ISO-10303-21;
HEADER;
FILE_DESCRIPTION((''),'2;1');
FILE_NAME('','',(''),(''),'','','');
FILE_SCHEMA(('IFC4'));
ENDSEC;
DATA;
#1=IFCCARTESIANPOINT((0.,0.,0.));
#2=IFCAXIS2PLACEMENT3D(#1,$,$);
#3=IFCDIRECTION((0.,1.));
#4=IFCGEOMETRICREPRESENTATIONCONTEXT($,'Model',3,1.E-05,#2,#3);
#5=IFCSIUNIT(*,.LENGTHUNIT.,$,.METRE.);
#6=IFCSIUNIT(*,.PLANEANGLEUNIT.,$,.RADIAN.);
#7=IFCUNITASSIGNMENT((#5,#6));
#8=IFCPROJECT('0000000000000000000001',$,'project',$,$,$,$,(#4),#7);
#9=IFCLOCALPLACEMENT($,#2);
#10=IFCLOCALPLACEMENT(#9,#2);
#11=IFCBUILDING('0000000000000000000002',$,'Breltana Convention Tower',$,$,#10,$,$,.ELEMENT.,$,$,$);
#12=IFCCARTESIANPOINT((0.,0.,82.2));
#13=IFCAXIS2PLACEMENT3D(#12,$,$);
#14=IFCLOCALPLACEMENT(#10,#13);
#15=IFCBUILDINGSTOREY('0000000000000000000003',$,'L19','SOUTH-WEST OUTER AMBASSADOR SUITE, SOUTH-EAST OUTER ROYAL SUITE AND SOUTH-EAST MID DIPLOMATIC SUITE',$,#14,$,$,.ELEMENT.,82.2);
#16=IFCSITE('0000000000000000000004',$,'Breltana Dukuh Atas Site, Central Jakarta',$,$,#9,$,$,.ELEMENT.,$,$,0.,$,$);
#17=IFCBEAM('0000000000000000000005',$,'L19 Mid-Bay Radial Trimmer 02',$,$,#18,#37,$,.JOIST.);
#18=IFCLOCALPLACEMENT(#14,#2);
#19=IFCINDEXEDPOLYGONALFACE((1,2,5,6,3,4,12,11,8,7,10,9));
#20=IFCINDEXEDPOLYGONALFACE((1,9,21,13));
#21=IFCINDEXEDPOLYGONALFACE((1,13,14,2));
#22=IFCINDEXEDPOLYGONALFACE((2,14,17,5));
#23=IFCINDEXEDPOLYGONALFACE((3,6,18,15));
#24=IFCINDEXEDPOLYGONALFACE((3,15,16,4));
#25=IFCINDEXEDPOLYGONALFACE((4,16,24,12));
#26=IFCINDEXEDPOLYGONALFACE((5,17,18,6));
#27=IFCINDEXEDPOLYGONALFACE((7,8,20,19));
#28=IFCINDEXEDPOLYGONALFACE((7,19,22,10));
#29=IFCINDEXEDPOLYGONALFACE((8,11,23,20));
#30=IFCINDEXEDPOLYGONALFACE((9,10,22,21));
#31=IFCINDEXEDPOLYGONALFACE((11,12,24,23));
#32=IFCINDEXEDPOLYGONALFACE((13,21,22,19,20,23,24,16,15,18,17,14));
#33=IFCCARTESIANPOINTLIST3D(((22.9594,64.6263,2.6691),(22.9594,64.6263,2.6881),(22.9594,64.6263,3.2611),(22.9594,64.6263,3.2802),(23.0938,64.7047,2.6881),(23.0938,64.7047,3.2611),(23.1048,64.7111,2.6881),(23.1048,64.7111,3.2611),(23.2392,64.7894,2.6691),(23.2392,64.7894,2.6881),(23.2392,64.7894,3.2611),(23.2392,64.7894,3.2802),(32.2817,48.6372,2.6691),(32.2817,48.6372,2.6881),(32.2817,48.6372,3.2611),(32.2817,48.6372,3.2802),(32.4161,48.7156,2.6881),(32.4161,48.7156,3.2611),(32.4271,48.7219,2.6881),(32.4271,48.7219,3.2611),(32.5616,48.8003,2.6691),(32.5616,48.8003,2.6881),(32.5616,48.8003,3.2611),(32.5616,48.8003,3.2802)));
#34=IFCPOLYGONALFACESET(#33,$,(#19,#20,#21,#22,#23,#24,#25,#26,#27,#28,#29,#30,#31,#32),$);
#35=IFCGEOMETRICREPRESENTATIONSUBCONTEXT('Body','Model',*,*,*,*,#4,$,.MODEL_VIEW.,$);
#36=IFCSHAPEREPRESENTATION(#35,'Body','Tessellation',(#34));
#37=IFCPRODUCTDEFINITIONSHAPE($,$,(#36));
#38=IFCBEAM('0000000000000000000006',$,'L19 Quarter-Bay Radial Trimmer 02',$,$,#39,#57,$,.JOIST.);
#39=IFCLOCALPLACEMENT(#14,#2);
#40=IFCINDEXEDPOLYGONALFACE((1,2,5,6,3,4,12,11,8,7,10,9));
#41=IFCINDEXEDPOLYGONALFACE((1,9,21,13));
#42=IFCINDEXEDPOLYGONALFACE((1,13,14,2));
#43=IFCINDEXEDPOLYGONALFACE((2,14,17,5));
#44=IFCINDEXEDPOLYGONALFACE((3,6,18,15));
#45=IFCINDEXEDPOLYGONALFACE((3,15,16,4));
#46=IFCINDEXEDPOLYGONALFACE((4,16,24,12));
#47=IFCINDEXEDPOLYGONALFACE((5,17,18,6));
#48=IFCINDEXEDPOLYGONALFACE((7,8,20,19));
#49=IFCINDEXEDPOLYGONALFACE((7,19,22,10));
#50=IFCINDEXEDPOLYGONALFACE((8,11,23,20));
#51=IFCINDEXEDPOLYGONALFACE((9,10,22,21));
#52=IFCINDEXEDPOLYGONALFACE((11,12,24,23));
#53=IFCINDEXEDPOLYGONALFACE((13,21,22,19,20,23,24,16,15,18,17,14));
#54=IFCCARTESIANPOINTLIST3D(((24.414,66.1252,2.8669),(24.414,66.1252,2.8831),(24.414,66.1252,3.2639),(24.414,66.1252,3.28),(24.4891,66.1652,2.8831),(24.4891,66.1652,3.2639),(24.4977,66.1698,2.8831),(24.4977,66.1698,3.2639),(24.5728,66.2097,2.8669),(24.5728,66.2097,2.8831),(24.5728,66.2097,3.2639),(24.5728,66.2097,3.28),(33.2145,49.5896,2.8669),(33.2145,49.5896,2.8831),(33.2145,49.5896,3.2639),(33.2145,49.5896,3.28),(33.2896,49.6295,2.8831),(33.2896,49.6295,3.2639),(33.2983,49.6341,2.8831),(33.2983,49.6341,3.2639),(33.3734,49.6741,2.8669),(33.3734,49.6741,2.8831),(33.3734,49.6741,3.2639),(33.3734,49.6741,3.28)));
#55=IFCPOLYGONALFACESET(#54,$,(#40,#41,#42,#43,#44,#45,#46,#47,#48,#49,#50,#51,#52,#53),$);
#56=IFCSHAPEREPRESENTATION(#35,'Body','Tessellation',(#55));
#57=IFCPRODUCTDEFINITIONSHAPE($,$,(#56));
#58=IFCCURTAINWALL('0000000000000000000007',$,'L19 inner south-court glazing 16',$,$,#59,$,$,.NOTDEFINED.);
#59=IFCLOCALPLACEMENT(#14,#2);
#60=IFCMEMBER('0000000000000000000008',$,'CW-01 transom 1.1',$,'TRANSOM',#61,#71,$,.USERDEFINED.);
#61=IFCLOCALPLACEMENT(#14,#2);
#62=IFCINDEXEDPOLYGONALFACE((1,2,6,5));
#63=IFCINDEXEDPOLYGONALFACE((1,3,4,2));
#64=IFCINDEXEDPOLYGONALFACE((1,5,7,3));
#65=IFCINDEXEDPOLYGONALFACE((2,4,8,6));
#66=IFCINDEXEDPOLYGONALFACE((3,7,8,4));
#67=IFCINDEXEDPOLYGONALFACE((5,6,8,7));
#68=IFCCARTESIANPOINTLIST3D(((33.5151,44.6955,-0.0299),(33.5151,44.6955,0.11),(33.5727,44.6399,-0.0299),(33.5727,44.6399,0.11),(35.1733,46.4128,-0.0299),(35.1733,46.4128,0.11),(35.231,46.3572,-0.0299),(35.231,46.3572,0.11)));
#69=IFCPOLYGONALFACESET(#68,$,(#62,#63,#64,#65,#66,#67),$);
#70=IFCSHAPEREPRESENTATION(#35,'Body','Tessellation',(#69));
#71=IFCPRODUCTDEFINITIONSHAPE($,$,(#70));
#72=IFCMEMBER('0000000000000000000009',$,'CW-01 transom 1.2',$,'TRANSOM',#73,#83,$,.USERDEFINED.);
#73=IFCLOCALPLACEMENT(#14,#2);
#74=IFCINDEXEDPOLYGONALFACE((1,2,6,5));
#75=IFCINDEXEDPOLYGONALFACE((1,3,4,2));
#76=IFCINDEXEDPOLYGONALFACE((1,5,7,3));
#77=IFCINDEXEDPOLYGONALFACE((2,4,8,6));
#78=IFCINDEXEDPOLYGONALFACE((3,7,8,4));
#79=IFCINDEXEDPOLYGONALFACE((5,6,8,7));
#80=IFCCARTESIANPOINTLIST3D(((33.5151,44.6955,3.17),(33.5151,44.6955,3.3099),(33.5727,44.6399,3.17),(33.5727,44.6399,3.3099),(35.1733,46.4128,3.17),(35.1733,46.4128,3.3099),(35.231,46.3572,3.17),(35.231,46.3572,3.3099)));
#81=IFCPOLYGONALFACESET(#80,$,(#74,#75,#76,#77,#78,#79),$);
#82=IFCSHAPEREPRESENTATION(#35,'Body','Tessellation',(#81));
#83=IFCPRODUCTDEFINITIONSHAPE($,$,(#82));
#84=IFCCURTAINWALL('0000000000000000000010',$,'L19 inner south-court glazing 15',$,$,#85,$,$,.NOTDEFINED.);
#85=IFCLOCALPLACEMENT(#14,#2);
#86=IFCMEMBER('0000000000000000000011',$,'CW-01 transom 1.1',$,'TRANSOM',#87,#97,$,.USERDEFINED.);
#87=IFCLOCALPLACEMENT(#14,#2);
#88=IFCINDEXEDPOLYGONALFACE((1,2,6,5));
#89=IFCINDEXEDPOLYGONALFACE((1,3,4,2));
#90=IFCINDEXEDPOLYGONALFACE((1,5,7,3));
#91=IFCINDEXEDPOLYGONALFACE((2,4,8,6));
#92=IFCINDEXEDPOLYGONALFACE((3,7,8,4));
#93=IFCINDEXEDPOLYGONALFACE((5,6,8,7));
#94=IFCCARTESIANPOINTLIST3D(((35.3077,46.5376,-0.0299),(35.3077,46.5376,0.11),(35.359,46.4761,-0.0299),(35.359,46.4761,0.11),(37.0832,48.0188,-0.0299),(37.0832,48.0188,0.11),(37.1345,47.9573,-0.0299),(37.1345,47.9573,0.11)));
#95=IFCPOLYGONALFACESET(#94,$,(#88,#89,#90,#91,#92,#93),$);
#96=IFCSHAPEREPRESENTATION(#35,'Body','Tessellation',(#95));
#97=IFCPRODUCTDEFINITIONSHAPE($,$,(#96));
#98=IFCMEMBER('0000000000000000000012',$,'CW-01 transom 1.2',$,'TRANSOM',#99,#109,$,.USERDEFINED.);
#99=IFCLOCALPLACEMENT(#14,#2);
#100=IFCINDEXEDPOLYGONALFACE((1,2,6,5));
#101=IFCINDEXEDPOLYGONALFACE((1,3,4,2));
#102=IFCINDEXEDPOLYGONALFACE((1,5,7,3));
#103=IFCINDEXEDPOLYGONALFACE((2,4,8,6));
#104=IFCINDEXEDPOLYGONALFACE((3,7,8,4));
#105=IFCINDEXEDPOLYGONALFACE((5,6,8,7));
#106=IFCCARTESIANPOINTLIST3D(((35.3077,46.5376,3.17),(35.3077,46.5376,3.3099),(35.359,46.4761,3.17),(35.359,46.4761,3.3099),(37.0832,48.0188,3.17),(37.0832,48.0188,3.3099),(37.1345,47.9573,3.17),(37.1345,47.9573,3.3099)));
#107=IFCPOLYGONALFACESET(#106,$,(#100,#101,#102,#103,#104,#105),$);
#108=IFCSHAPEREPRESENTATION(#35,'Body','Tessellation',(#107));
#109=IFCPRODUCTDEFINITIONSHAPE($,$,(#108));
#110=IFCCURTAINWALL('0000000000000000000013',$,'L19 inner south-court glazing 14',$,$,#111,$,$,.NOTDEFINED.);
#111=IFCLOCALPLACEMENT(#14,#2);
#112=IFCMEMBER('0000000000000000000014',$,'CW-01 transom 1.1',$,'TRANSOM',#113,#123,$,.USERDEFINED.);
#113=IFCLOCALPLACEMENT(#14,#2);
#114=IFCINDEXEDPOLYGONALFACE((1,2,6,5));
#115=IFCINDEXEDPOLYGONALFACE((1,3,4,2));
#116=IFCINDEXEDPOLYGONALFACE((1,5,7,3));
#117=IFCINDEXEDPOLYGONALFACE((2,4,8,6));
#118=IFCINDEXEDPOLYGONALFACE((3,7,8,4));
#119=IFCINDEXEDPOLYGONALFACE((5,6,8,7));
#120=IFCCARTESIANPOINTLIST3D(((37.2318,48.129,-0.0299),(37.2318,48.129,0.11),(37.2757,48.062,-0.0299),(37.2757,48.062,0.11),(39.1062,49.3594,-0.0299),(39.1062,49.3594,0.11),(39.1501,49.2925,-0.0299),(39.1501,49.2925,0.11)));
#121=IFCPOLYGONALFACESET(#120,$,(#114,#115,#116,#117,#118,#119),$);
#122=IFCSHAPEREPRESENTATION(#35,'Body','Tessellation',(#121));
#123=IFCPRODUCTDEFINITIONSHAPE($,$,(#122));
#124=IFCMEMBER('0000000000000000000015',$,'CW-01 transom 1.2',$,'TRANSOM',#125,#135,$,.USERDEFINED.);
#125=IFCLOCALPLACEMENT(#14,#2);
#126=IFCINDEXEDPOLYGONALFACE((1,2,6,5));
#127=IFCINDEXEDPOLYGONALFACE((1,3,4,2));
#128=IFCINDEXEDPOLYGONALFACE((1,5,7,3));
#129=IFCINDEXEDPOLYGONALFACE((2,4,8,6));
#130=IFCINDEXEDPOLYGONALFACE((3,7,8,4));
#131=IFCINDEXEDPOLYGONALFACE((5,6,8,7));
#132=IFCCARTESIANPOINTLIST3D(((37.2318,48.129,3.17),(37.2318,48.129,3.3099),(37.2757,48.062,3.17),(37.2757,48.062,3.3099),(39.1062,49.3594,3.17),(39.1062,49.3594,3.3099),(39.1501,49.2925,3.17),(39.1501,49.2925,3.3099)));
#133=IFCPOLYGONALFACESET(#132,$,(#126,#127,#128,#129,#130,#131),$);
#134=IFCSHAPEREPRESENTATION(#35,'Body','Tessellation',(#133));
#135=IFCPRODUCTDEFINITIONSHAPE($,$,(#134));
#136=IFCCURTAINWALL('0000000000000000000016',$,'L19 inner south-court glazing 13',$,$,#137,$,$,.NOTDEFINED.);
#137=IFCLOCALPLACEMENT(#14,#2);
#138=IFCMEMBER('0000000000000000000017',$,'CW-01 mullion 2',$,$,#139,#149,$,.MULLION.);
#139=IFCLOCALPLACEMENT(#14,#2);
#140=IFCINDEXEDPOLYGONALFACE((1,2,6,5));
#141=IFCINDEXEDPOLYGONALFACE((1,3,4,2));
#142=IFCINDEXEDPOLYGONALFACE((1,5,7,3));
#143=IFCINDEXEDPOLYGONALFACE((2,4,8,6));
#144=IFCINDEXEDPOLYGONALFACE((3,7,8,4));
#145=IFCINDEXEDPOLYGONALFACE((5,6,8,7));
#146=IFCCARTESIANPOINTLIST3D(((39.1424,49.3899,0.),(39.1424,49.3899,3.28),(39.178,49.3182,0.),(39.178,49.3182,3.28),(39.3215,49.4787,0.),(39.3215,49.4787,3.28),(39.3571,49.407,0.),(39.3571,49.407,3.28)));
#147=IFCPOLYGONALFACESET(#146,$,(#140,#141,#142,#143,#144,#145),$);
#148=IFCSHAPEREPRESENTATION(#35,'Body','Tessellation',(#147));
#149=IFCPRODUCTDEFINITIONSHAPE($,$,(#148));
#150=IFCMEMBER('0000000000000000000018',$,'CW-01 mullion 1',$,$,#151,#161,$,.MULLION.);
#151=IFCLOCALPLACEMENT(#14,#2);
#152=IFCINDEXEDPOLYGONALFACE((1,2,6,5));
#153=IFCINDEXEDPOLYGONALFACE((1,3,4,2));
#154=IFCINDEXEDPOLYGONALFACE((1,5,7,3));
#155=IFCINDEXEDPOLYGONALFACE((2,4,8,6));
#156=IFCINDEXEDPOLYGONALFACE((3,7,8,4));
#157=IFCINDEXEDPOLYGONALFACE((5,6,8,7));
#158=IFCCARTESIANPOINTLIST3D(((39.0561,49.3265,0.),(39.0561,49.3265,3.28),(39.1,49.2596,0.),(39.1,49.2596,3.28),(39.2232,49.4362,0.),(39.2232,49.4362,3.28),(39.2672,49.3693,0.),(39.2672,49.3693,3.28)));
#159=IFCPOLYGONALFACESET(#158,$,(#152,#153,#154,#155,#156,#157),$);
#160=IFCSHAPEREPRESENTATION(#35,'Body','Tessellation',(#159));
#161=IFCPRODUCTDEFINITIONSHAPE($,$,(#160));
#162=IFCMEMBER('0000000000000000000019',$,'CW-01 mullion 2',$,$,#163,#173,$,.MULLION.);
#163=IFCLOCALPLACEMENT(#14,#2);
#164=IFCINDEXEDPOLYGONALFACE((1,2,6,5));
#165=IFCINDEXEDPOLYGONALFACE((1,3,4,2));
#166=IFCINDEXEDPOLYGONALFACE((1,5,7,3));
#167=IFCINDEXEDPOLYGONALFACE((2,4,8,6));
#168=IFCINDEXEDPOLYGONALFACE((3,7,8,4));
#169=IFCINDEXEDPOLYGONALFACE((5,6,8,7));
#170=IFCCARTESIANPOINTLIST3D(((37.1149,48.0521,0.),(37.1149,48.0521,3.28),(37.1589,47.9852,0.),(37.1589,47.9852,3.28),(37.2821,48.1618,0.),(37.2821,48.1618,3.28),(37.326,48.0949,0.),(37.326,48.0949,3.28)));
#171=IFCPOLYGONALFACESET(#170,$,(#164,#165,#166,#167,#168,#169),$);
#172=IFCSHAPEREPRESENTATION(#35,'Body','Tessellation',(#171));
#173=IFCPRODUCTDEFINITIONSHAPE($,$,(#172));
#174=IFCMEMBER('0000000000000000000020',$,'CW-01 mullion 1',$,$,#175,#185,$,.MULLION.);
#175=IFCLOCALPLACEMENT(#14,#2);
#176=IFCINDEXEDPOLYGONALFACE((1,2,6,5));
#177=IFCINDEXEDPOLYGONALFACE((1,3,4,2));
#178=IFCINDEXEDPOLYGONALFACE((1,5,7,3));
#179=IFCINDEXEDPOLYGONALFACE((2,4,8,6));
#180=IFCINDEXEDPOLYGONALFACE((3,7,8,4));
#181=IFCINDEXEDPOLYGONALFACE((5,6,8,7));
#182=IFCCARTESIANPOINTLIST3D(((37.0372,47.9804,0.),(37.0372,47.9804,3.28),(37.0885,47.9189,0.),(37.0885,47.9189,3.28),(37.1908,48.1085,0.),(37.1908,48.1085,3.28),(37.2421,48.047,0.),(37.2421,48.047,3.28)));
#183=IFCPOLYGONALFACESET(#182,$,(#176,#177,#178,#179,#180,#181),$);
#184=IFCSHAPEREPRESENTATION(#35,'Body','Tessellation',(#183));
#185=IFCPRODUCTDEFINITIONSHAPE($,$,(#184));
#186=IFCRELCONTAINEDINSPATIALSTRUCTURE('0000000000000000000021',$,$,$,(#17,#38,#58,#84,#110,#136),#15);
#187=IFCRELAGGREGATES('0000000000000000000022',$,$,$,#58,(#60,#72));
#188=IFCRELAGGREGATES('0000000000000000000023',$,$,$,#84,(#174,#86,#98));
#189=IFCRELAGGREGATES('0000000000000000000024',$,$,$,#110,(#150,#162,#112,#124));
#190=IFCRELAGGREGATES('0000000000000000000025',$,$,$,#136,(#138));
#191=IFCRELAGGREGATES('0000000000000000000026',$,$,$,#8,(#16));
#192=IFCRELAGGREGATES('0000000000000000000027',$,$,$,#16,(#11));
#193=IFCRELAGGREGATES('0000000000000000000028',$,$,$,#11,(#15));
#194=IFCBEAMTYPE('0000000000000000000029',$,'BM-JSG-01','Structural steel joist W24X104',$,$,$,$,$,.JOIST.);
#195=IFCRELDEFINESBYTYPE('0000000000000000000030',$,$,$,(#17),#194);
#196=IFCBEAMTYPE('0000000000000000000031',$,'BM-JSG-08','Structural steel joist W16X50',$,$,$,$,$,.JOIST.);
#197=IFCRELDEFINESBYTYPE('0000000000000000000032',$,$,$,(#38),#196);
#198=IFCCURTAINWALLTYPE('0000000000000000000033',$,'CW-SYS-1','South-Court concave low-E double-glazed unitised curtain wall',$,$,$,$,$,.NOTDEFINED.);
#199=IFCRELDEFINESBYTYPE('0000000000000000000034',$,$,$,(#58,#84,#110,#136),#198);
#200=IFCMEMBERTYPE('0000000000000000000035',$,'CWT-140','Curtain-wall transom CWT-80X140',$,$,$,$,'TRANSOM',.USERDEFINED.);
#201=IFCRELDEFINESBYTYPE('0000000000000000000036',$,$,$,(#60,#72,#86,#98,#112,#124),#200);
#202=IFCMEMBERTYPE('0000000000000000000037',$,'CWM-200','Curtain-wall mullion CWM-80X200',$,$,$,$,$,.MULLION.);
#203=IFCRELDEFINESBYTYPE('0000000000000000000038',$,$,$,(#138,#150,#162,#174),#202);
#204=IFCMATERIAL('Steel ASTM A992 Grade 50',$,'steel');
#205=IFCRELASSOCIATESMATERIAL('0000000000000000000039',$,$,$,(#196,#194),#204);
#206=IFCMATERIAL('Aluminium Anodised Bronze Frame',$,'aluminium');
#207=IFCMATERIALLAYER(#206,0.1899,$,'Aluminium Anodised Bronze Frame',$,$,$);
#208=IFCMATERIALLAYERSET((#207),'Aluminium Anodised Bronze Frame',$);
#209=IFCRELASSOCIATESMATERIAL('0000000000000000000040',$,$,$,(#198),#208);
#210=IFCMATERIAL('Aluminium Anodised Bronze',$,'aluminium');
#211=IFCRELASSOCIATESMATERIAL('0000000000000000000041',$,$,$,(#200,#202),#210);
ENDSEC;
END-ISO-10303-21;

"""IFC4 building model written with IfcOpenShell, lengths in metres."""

from ifc_helpers import new_model, si_unit, direction, frame, origin, origin_2d, place, context, subcontext, project, spatial, rectangle, i_section, extrude, source, transform, mapped, material, layer, layer_set, material_profile, profile_set, type_object, type_shapes, element, aggregate, save


model = new_model("IFC4")

# Units and contexts
model_context = context("Model", 3, precision=1e-05, world=origin(), true_north=direction((0.0, 1.0)))
body_context = subcontext(model_context, "Body", "Model", "MODEL_VIEW")
ifc_project = project(units=[si_unit("LENGTHUNIT", "METRE"), si_unit("PLANEANGLEUNIT", "RADIAN")], contexts=[model_context])

# Site, building, storey
site_placement = place(None, origin())
site = spatial("IfcSite", under=ifc_project, at=site_placement, Name="Breltana Dukuh Atas Site, Central Jakarta", CompositionType="ELEMENT", RefElevation=0.0)
building_placement = place(site_placement, origin())
building = spatial("IfcBuilding", under=site, at=building_placement, Name="Breltana Convention Tower", CompositionType="ELEMENT")
storey_placement = place(building_placement, frame((0.0, 0.0, 82.2)))
storey = spatial("IfcBuildingStorey", under=building, at=storey_placement, Name="L19", Description="SOUTH-WEST OUTER AMBASSADOR SUITE, SOUTH-EAST OUTER ROYAL SUITE AND SOUTH-EAST MID DIPLOMATIC SUITE", CompositionType="ELEMENT", Elevation=82.2)

# Beams
ifc_material_1 = material(Name="Steel ASTM A992 Grade 50", Category="steel")
ifc_material_profile_1 = material_profile(ifc_material_1, i_section(OverallWidth=0.1799, OverallDepth=0.4131, WebThickness=0.0098, FlangeThickness=0.0161, at=origin_2d()), Name="W16X50")
ifc_profile_set_1 = profile_set([ifc_material_profile_1], Name="Steel ASTM A992 Grade 50")
beam_type_1 = type_object("IfcBeamType", Name="BM-JSG-08", Description="Structural steel joist W16X50", PredefinedType="JOIST", material=ifc_profile_set_1)
ifc_material_profile_2 = material_profile(ifc_material_1, i_section(OverallWidth=0.324, OverallDepth=0.6111, WebThickness=0.0127, FlangeThickness=0.019, at=origin_2d()), Name="W24X104")
ifc_profile_set_2 = profile_set([ifc_material_profile_2], Name="Steel ASTM A992 Grade 50")
beam_type_2 = type_object("IfcBeamType", Name="BM-JSG-01", Description="Structural steel joist W24X104", PredefinedType="JOIST", material=ifc_profile_set_2)
shared_shape_1 = source(origin(), body_context, "Body", "SweptSolid", [
    extrude(i_section(OverallWidth=0.324, OverallDepth=0.6111, WebThickness=0.0127, FlangeThickness=0.019, at=origin_2d()), origin(), (0.0, 0.0, 1.0), 18.5083),
])
beam_1_placement = place(storey_placement, frame((32.4216, 48.7188, 2.9746), z_axis=(-0.503683, 0.863888, 0.0), x_axis=(-0.863888, -0.503683, 0.0)))
element("IfcBeam", 1, at=beam_1_placement, inside=storey, type_object=beam_type_2, Name="L19 Mid-Bay Radial Trimmer 02", PredefinedType="JOIST", context=body_context, shape_type="MappedRepresentation", body=[
    mapped(shared_shape_1, transform((0.0, 0.0, 0.0), scale=1.0)),
])
shared_shape_2 = source(origin(), body_context, "Body", "SweptSolid", [
    extrude(i_section(OverallWidth=0.1799, OverallDepth=0.4131, WebThickness=0.0098, FlangeThickness=0.0161, at=origin_2d()), origin(), (0.0, 0.0, 1.0), 18.7317),
])
beam_2_placement = place(storey_placement, frame((33.2939, 49.6318, 3.0735), z_axis=(-0.46982, 0.882762, 0.0), x_axis=(-0.882762, -0.46982, 0.0)))
element("IfcBeam", 2, at=beam_2_placement, inside=storey, type_object=beam_type_1, Name="L19 Quarter-Bay Radial Trimmer 02", PredefinedType="JOIST", context=body_context, shape_type="MappedRepresentation", body=[
    mapped(shared_shape_2, transform((0.0, 0.0, 0.0), scale=1.0)),
])

# Curtain walls, members
ifc_material_2 = material(Name="Aluminium Anodised Bronze Frame", Category="aluminium")
ifc_layer_1 = layer(ifc_material_2, 0.1899, Name="Aluminium Anodised Bronze Frame")
ifc_layer_set_1 = layer_set([ifc_layer_1], Name="Aluminium Anodised Bronze Frame")
curtain_wall_type = type_object("IfcCurtainWallType", Name="CW-SYS-1", Description="South-Court concave low-E double-glazed unitised curtain wall", PredefinedType="NOTDEFINED", material=ifc_layer_set_1)
curtain_wall_1_placement = place(storey_placement, origin())
curtain_wall_1 = element("IfcCurtainWall", 3, at=curtain_wall_1_placement, inside=storey, type_object=curtain_wall_type, Name="L19 inner south-court glazing 16", PredefinedType="NOTDEFINED")
ifc_material_3 = material(Name="Aluminium Anodised Bronze", Category="aluminium")
ifc_material_profile_3 = material_profile(ifc_material_3, rectangle(XDim=0.0801, YDim=0.1399, at=origin_2d()), Name="CWT-80X140")
ifc_profile_set_3 = profile_set([ifc_material_profile_3], Name="Aluminium Anodised Bronze")
member_type_1 = type_object("IfcMemberType", Name="CWT-140", Description="Curtain-wall transom CWT-80X140", ElementType="TRANSOM", PredefinedType="USERDEFINED", material=ifc_profile_set_3)
shared_shape_3 = source(origin(), body_context, "Body", "SweptSolid", [
    extrude(rectangle(XDim=0.0801, YDim=0.1399, at=origin_2d()), origin(), (0.0, 0.0, 1.0), 2.3872),
])
type_shapes(member_type_1, [shared_shape_3])
member_1_placement = place(storey_placement, frame((35.2021, 46.385, 0.04), z_axis=(-0.694624, -0.719373, 0.0), x_axis=(0.719373, -0.694624, 0.0)))
member_1 = element("IfcMember", 4, at=member_1_placement, type_object=member_type_1, Name="CW-01 transom 1.1", ObjectType="TRANSOM", PredefinedType="USERDEFINED", context=body_context, shape_type="MappedRepresentation", body=[
    mapped(shared_shape_3, transform((0.0, 0.0, 0.0), scale=1.0)),
])
member_2_placement = place(storey_placement, frame((35.2021, 46.385, 3.24), z_axis=(-0.694624, -0.719373, 0.0), x_axis=(0.719373, -0.694624, 0.0)))
member_2 = element("IfcMember", 5, at=member_2_placement, type_object=member_type_1, Name="CW-01 transom 1.2", ObjectType="TRANSOM", PredefinedType="USERDEFINED", context=body_context, shape_type="MappedRepresentation", body=[
    mapped(shared_shape_3, transform((0.0, 0.0, 0.0), scale=1.0)),
])
curtain_wall_2_placement = place(storey_placement, origin())
curtain_wall_2 = element("IfcCurtainWall", 6, at=curtain_wall_2_placement, inside=storey, type_object=curtain_wall_type, Name="L19 inner south-court glazing 15", PredefinedType="NOTDEFINED")
shared_shape_4 = source(origin(), body_context, "Body", "SweptSolid", [
    extrude(rectangle(XDim=0.0801, YDim=0.1399, at=origin_2d()), origin(), (0.0, 0.0, 1.0), 2.3123),
])
member_3_placement = place(storey_placement, frame((37.1089, 47.988, 0.04), z_axis=(-0.767901, -0.640569, 0.0), x_axis=(0.640569, -0.767901, 0.0)))
member_3 = element("IfcMember", 7, at=member_3_placement, type_object=member_type_1, Name="CW-01 transom 1.1", ObjectType="TRANSOM", PredefinedType="USERDEFINED", context=body_context, shape_type="MappedRepresentation", body=[
    mapped(shared_shape_4, transform((0.0, 0.0, 0.0), scale=1.0)),
])
member_4_placement = place(storey_placement, frame((37.1089, 47.988, 3.24), z_axis=(-0.767901, -0.640569, 0.0), x_axis=(0.640569, -0.767901, 0.0)))
member_4 = element("IfcMember", 8, at=member_4_placement, type_object=member_type_1, Name="CW-01 transom 1.2", ObjectType="TRANSOM", PredefinedType="USERDEFINED", context=body_context, shape_type="MappedRepresentation", body=[
    mapped(shared_shape_4, transform((0.0, 0.0, 0.0), scale=1.0)),
])
curtain_wall_3_placement = place(storey_placement, origin())
curtain_wall_3 = element("IfcCurtainWall", 9, at=curtain_wall_3_placement, inside=storey, type_object=curtain_wall_type, Name="L19 inner south-court glazing 14", PredefinedType="NOTDEFINED")
shared_shape_5 = source(origin(), body_context, "Body", "SweptSolid", [
    extrude(rectangle(XDim=0.0801, YDim=0.1399, at=origin_2d()), origin(), (0.0, 0.0, 1.0), 2.2422),
])
member_5_placement = place(storey_placement, frame((39.1282, 49.3259, 0.04), z_axis=(-0.835982, -0.548756, 0.0), x_axis=(0.548756, -0.835982, 0.0)))
member_5 = element("IfcMember", 10, at=member_5_placement, type_object=member_type_1, Name="CW-01 transom 1.1", ObjectType="TRANSOM", PredefinedType="USERDEFINED", context=body_context, shape_type="MappedRepresentation", body=[
    mapped(shared_shape_5, transform((0.0, 0.0, 0.0), scale=1.0)),
])
member_6_placement = place(storey_placement, frame((39.1282, 49.3259, 3.24), z_axis=(-0.835982, -0.548756, 0.0), x_axis=(0.548756, -0.835982, 0.0)))
member_6 = element("IfcMember", 11, at=member_6_placement, type_object=member_type_1, Name="CW-01 transom 1.2", ObjectType="TRANSOM", PredefinedType="USERDEFINED", context=body_context, shape_type="MappedRepresentation", body=[
    mapped(shared_shape_5, transform((0.0, 0.0, 0.0), scale=1.0)),
])

# Curtain wall, member
curtain_wall_4_placement = place(storey_placement, origin())
curtain_wall_4 = element("IfcCurtainWall", 12, at=curtain_wall_4_placement, inside=storey, type_object=curtain_wall_type, Name="L19 inner south-court glazing 13", PredefinedType="NOTDEFINED")
ifc_material_profile_4 = material_profile(ifc_material_3, rectangle(XDim=0.0801, YDim=0.2, at=origin_2d()), Name="CWM-80X200")
ifc_profile_set_4 = profile_set([ifc_material_profile_4], Name="Aluminium Anodised Bronze")
member_type_2 = type_object("IfcMemberType", Name="CWM-200", Description="Curtain-wall mullion CWM-80X200", PredefinedType="MULLION", material=ifc_profile_set_4)
shared_shape_6 = source(origin(), body_context, "Body", "SweptSolid", [
    extrude(rectangle(XDim=0.0801, YDim=0.2, at=origin_2d()), origin(), (0.0, 0.0, 1.0), 3.28),
])
member_7_placement = place(storey_placement, frame((39.2498, 49.3984, 0.0), z_axis=(0.0, 0.0, 1.0), x_axis=(0.444118, -0.895968, 0.0)))
member_7 = element("IfcMember", 13, at=member_7_placement, type_object=member_type_2, Name="CW-01 mullion 2", PredefinedType="MULLION", context=body_context, shape_type="MappedRepresentation", body=[
    mapped(shared_shape_6, transform((0.0, 0.0, 0.0), scale=1.0)),
])

# Members
member_8_placement = place(storey_placement, frame((39.1616, 49.3479, 0.0), z_axis=(0.0, 0.0, 1.0), x_axis=(0.548778, -0.835968, 0.0)))
member_8 = element("IfcMember", 14, at=member_8_placement, type_object=member_type_2, Name="CW-01 mullion 1", PredefinedType="MULLION", context=body_context, shape_type="MappedRepresentation", body=[
    mapped(shared_shape_6, transform((0.0, 0.0, 0.0), scale=1.0)),
])
member_9_placement = place(storey_placement, frame((37.2205, 48.0735, 0.0), z_axis=(0.0, 0.0, 1.0), x_axis=(0.548778, -0.835968, 0.0)))
member_9 = element("IfcMember", 15, at=member_9_placement, type_object=member_type_2, Name="CW-01 mullion 2", PredefinedType="MULLION", context=body_context, shape_type="MappedRepresentation", body=[
    mapped(shared_shape_6, transform((0.0, 0.0, 0.0), scale=1.0)),
])
member_10_placement = place(storey_placement, frame((37.1396, 48.0137, 0.0), z_axis=(0.0, 0.0, 1.0), x_axis=(0.640523, -0.767939, 0.0)))
member_10 = element("IfcMember", 16, at=member_10_placement, type_object=member_type_2, Name="CW-01 mullion 1", PredefinedType="MULLION", context=body_context, shape_type="MappedRepresentation", body=[
    mapped(shared_shape_6, transform((0.0, 0.0, 0.0), scale=1.0)),
])

aggregate(curtain_wall_1, [member_1, member_2])
aggregate(curtain_wall_2, [member_10, member_3, member_4])
aggregate(curtain_wall_3, [member_8, member_9, member_5, member_6])
aggregate(curtain_wall_4, [member_7])

save(model, "model.ifc")
